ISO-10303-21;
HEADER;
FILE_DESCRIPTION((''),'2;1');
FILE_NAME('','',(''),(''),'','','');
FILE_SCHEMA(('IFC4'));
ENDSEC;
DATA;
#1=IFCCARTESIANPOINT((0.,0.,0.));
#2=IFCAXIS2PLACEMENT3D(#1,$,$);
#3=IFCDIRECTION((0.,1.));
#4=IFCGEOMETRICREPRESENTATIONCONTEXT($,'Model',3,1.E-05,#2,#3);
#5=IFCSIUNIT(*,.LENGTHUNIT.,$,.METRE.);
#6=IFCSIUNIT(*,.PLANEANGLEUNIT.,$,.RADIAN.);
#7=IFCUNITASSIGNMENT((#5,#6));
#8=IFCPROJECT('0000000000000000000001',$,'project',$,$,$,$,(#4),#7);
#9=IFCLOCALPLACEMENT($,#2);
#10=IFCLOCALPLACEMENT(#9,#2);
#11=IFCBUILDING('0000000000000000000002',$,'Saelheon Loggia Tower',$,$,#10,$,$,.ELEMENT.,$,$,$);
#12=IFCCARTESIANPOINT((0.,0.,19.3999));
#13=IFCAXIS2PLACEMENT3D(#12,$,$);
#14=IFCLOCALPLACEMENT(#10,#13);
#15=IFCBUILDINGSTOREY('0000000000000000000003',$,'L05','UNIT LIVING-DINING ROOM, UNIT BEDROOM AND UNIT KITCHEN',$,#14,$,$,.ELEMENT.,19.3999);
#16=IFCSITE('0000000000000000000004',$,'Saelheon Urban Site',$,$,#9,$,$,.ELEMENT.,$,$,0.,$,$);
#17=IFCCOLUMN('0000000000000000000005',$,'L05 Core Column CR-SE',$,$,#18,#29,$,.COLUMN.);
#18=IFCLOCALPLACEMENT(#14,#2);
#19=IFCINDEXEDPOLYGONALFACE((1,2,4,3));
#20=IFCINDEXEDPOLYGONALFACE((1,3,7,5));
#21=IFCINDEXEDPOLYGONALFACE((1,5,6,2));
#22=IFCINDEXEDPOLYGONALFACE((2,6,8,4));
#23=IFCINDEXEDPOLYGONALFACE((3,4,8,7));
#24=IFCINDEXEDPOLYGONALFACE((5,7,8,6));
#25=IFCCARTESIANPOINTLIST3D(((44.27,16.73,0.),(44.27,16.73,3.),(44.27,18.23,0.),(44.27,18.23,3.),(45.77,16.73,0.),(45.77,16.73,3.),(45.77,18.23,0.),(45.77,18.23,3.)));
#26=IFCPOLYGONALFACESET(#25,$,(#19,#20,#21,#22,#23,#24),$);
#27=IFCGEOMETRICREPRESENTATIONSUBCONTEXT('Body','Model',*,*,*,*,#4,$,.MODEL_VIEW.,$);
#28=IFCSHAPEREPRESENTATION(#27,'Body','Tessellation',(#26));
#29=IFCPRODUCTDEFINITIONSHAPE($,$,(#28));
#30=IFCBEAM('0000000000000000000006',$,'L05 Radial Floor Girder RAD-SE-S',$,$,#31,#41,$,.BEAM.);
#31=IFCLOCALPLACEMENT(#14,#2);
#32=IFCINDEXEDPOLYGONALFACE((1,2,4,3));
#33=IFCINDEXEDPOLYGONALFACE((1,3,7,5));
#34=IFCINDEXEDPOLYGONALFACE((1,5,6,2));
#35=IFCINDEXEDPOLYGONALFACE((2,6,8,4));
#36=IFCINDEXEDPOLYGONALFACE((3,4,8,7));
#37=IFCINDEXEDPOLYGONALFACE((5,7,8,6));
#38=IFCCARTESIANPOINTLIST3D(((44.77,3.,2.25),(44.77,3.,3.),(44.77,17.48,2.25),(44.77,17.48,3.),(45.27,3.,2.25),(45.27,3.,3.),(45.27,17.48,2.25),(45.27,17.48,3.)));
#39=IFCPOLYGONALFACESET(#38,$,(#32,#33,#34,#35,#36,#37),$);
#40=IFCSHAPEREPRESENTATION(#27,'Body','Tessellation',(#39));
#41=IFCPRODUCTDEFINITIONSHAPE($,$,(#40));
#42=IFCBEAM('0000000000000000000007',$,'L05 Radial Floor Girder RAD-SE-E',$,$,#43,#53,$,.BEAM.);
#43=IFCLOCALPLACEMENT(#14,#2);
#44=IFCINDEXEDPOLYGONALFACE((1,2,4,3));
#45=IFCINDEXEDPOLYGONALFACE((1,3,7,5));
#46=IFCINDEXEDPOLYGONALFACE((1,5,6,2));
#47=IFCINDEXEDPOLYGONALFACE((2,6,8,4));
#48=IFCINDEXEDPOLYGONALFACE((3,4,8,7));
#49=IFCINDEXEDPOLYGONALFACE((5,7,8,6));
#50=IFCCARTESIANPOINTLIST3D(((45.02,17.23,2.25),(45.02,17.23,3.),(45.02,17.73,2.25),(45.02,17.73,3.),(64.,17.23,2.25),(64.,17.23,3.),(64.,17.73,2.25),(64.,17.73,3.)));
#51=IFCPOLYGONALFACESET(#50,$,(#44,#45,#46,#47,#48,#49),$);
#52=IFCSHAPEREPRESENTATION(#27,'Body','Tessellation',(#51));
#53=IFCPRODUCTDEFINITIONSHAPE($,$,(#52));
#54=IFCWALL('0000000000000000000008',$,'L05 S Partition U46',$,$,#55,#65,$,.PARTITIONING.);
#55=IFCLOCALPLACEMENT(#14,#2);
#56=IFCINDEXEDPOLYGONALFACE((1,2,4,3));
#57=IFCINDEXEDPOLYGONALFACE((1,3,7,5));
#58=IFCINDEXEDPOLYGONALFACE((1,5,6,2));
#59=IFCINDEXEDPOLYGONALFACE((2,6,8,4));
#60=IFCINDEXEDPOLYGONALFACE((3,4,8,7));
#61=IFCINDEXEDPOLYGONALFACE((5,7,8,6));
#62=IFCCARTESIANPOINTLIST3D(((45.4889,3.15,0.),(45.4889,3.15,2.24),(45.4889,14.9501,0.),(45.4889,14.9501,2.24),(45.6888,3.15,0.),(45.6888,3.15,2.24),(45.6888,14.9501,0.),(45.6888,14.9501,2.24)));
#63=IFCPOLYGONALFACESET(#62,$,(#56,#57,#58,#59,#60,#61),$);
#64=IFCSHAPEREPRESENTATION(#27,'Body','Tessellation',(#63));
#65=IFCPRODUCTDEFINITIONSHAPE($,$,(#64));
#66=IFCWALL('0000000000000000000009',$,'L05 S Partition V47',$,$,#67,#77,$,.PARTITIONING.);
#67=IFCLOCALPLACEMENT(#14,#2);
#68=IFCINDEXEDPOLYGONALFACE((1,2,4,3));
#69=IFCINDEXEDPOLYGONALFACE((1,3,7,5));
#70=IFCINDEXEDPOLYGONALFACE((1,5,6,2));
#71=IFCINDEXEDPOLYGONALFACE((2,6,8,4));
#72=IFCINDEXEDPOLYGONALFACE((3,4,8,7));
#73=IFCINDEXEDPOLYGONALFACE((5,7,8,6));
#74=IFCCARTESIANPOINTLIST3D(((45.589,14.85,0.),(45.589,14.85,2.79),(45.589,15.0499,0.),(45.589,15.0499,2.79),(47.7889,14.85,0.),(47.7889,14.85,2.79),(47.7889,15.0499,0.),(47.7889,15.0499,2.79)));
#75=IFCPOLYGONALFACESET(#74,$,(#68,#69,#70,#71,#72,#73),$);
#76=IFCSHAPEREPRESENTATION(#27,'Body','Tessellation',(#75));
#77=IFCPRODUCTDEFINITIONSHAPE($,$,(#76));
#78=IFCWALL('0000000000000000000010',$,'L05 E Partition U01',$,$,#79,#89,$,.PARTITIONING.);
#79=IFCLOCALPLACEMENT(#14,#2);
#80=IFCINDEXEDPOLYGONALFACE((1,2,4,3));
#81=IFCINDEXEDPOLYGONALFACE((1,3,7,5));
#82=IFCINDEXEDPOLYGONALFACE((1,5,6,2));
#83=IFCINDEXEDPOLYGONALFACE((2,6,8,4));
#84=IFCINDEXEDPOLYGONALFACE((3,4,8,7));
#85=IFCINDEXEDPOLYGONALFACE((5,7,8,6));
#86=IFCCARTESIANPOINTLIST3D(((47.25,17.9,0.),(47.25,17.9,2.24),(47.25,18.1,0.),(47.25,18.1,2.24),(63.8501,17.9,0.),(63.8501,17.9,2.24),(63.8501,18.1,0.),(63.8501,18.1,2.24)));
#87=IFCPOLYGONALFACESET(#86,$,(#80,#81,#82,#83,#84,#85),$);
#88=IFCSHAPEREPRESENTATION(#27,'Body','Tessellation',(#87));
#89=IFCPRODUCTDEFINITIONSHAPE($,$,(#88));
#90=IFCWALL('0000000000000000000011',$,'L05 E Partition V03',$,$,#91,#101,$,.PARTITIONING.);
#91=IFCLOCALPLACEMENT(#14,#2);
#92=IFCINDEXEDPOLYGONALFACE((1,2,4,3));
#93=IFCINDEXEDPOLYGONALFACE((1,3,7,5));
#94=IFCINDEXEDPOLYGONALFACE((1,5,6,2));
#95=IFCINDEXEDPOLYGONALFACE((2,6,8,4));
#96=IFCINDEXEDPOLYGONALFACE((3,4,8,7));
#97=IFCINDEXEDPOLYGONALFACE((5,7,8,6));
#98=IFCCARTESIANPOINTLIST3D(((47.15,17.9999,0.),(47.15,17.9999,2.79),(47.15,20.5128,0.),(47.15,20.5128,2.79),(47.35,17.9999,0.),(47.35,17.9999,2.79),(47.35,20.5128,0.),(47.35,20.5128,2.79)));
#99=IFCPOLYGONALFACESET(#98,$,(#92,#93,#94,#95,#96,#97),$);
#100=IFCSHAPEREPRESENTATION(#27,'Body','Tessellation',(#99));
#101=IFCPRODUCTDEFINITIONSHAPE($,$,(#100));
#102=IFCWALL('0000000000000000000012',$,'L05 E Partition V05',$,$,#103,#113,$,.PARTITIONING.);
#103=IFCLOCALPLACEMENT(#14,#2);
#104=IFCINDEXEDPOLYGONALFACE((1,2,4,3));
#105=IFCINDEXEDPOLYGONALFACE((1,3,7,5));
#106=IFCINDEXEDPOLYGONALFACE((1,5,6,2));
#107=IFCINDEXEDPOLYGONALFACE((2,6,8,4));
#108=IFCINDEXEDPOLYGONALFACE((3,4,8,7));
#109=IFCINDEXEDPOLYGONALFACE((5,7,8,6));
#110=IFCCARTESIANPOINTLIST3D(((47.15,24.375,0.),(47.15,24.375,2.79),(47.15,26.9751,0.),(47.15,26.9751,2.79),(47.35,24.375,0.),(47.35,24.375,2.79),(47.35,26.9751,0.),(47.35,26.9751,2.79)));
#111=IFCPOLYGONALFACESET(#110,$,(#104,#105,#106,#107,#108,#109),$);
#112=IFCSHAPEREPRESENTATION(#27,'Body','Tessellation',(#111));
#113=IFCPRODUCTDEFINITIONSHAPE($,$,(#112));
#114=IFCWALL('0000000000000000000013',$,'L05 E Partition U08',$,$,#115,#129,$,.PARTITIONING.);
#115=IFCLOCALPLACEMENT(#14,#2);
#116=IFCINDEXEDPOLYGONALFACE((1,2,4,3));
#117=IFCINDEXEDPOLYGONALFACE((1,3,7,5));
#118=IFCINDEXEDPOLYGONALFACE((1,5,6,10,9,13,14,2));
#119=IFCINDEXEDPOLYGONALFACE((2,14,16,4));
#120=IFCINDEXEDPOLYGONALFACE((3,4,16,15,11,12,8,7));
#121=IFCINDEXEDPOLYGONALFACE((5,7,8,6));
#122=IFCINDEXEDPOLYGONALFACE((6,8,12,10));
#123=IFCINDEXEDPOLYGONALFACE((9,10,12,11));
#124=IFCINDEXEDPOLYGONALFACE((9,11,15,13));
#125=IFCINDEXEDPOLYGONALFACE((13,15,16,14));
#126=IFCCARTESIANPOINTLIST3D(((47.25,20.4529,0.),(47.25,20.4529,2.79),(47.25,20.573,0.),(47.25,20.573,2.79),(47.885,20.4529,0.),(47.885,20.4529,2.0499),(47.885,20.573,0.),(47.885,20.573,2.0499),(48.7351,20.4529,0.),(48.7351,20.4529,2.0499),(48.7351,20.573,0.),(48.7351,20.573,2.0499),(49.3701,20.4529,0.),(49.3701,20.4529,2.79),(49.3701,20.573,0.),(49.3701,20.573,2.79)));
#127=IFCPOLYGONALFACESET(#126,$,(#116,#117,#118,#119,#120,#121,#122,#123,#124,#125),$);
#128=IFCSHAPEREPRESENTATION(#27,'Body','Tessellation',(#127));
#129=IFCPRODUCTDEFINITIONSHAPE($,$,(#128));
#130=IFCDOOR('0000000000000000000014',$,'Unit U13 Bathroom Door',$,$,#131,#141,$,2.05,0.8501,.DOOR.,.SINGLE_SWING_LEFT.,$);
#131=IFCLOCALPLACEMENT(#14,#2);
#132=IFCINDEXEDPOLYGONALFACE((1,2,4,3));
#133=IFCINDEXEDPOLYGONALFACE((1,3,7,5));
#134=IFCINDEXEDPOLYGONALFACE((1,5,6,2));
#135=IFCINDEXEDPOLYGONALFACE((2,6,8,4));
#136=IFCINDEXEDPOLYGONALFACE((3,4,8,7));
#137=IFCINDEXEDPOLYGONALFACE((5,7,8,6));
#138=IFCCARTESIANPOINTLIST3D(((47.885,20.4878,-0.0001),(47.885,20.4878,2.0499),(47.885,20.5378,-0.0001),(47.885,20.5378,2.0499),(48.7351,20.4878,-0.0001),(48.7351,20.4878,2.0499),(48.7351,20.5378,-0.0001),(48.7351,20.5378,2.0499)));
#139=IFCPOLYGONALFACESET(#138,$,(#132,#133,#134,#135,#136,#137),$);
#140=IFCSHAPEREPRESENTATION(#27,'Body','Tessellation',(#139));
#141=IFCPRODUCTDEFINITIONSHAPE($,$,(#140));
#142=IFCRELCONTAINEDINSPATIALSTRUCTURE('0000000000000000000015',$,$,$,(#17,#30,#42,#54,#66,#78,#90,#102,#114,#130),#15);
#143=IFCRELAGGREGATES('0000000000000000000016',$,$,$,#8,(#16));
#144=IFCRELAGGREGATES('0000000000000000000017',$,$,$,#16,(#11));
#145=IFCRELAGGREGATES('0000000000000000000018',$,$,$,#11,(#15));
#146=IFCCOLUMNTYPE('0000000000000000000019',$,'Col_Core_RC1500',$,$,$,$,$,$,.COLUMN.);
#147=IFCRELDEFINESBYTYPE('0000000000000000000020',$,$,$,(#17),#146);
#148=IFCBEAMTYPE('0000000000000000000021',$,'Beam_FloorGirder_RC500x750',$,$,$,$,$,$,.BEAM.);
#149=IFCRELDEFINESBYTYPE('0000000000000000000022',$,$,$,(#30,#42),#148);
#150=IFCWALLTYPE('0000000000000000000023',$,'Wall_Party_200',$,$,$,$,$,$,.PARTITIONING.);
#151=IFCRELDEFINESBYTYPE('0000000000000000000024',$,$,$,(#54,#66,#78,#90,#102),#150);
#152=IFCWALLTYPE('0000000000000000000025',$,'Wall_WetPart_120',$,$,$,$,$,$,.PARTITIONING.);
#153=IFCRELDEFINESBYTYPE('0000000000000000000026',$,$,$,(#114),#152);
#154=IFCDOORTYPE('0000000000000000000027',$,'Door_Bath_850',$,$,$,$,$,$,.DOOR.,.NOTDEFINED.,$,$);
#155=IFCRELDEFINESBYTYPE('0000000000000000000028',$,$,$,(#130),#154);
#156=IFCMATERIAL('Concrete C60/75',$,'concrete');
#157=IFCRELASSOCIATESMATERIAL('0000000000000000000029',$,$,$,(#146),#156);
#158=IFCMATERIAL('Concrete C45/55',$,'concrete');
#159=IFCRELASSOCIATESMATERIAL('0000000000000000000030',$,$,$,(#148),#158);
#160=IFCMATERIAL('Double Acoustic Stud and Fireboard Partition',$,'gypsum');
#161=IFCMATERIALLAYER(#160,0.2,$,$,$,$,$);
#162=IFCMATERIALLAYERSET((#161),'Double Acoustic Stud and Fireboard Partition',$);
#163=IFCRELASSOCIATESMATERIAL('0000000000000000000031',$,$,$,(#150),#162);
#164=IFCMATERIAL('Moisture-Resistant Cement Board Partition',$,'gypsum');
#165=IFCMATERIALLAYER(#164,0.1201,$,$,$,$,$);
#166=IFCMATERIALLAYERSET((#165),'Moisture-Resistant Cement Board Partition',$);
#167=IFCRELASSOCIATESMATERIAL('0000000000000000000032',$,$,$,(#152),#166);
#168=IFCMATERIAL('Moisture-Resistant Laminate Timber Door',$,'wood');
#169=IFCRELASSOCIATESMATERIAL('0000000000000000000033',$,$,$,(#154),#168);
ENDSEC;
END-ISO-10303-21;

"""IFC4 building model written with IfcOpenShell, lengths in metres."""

from ifc_helpers import new_model, si_unit, direction, frame, frame_2d, origin, origin_2d, place, context, subcontext, project, spatial, rectangle, extrude, source, transform, mapped, material, layer, layer_set, material_profile, profile_set, type_object, element, fill, save


model = new_model("IFC4")

# Units and contexts
model_context = context("Model", 3, precision=1e-05, world=origin(), true_north=direction((0.0, 1.0)))
body_context = subcontext(model_context, "Body", "Model", "MODEL_VIEW")
ifc_project = project(units=[si_unit("LENGTHUNIT", "METRE"), si_unit("PLANEANGLEUNIT", "RADIAN")], contexts=[model_context])

# Site, building, storey
site_placement = place(None, origin())
site = spatial("IfcSite", under=ifc_project, at=site_placement, Name="Saelheon Urban Site", CompositionType="ELEMENT", RefElevation=0.0)
building_placement = place(site_placement, origin())
building = spatial("IfcBuilding", under=site, at=building_placement, Name="Saelheon Loggia Tower", CompositionType="ELEMENT")
storey_placement = place(building_placement, frame((0.0, 0.0, 19.3999)))
storey = spatial("IfcBuildingStorey", under=building, at=storey_placement, Name="L05", Description="UNIT LIVING-DINING ROOM, UNIT BEDROOM AND UNIT KITCHEN", CompositionType="ELEMENT", Elevation=19.3999)

# Column
ifc_material_1 = material(Name="Concrete C60/75", Category="concrete")
ifc_material_profile_1 = material_profile(ifc_material_1, rectangle(XDim=1.5, YDim=1.5, at=origin_2d()), Name="RC-1500x1500")
ifc_profile_set_1 = profile_set([ifc_material_profile_1], Name="Concrete C60/75")
column_type = type_object("IfcColumnType", Name="Col_Core_RC1500", PredefinedType="COLUMN", material=ifc_profile_set_1)
shared_shape_1 = source(origin(), body_context, "Body", "SweptSolid", [
    extrude(rectangle(XDim=1.5, YDim=1.5, at=origin_2d()), origin(), (0.0, 0.0, 1.0), 3.0),
])
column_placement = place(storey_placement, frame((45.02, 17.48, 0.0), z_axis=(0.0, 0.0, 1.0), x_axis=(1.0, 0.0, 0.0)))
element("IfcColumn", 1, at=column_placement, inside=storey, type_object=column_type, Name="L05 Core Column CR-SE", PredefinedType="COLUMN", context=body_context, shape_type="MappedRepresentation", body=[
    mapped(shared_shape_1, transform((0.0, 0.0, 0.0), scale=1.0)),
])

# Beams
ifc_material_2 = material(Name="Concrete C45/55", Category="concrete")
ifc_material_profile_2 = material_profile(ifc_material_2, rectangle(XDim=0.5, YDim=0.75, at=origin_2d()), Name="RC-500x750")
ifc_profile_set_2 = profile_set([ifc_material_profile_2], Name="Concrete C45/55")
beam_type = type_object("IfcBeamType", Name="Beam_FloorGirder_RC500x750", PredefinedType="BEAM", material=ifc_profile_set_2)
shared_shape_2 = source(origin(), body_context, "Body", "SweptSolid", [
    extrude(rectangle(XDim=0.5, YDim=0.75, at=origin_2d()), origin(), (0.0, 0.0, 1.0), 14.48),
])
beam_1_placement = place(storey_placement, frame((45.02, 17.48, 2.625), z_axis=(0.0, -1.0, 0.0), x_axis=(1.0, 0.0, 0.0)))
element("IfcBeam", 2, at=beam_1_placement, inside=storey, type_object=beam_type, Name="L05 Radial Floor Girder RAD-SE-S", PredefinedType="BEAM", context=body_context, shape_type="MappedRepresentation", body=[
    mapped(shared_shape_2, transform((0.0, 0.0, 0.0), scale=1.0)),
])
shared_shape_3 = source(origin(), body_context, "Body", "SweptSolid", [
    extrude(rectangle(XDim=0.5, YDim=0.75, at=origin_2d()), origin(), (0.0, 0.0, 1.0), 18.98),
])
beam_2_placement = place(storey_placement, frame((45.02, 17.48, 2.625), z_axis=(1.0, 0.0, 0.0), x_axis=(0.0, 1.0, 0.0)))
element("IfcBeam", 3, at=beam_2_placement, inside=storey, type_object=beam_type, Name="L05 Radial Floor Girder RAD-SE-E", PredefinedType="BEAM", context=body_context, shape_type="MappedRepresentation", body=[
    mapped(shared_shape_3, transform((0.0, 0.0, 0.0), scale=1.0)),
])

# Walls
ifc_material_3 = material(Name="Double Acoustic Stud and Fireboard Partition", Category="gypsum")
ifc_layer_1 = layer(ifc_material_3, 0.2)
ifc_layer_set_1 = layer_set([ifc_layer_1], Name="Double Acoustic Stud and Fireboard Partition")
wall_type_1 = type_object("IfcWallType", Name="Wall_Party_200", PredefinedType="PARTITIONING", material=ifc_layer_set_1)
wall_1_placement = place(storey_placement, frame((45.5889, 14.95, 0.0), z_axis=(0.0, 0.0, 1.0), x_axis=(0.0, -1.0, 0.0)))
element("IfcWall", 4, at=wall_1_placement, inside=storey, type_object=wall_type_1, Name="L05 S Partition U46", PredefinedType="PARTITIONING", context=body_context, shape_type="SweptSolid", body=[
    extrude(rectangle(XDim=11.8, YDim=0.2, at=frame_2d((5.8999, 0.0))), origin(), (0.0, 0.0, 1.0), 2.24),
])
wall_2_placement = place(storey_placement, frame((45.5889, 14.95, 0.0), z_axis=(0.0, 0.0, 1.0), x_axis=(1.0, 0.0, 0.0)))
element("IfcWall", 5, at=wall_2_placement, inside=storey, type_object=wall_type_1, Name="L05 S Partition V47", PredefinedType="PARTITIONING", context=body_context, shape_type="SweptSolid", body=[
    extrude(rectangle(XDim=2.2, YDim=0.2, at=frame_2d((1.1001, 0.0))), origin(), (0.0, 0.0, 1.0), 2.79),
])
wall_3_placement = place(storey_placement, frame((47.25, 18.0, 0.0), z_axis=(0.0, 0.0, 1.0), x_axis=(1.0, 0.0, 0.0)))
element("IfcWall", 6, at=wall_3_placement, inside=storey, type_object=wall_type_1, Name="L05 E Partition U01", PredefinedType="PARTITIONING", context=body_context, shape_type="SweptSolid", body=[
    extrude(rectangle(XDim=16.6001, YDim=0.2, at=frame_2d((8.3, 0.0))), origin(), (0.0, 0.0, 1.0), 2.24),
])
wall_4_placement = place(storey_placement, frame((47.25, 18.0, 0.0), z_axis=(0.0, 0.0, 1.0), x_axis=(0.0, 1.0, 0.0)))
element("IfcWall", 7, at=wall_4_placement, inside=storey, type_object=wall_type_1, Name="L05 E Partition V03", PredefinedType="PARTITIONING", context=body_context, shape_type="SweptSolid", body=[
    extrude(rectangle(XDim=2.5129, YDim=0.2, at=frame_2d((1.2563, 0.0))), origin(), (0.0, 0.0, 1.0), 2.79),
])

# Wall
wall_5_placement = place(storey_placement, frame((47.25, 24.375, 0.0), z_axis=(0.0, 0.0, 1.0), x_axis=(0.0, 1.0, 0.0)))
element("IfcWall", 8, at=wall_5_placement, inside=storey, type_object=wall_type_1, Name="L05 E Partition V05", PredefinedType="PARTITIONING", context=body_context, shape_type="SweptSolid", body=[
    extrude(rectangle(XDim=2.6001, YDim=0.2, at=frame_2d((1.3, 0.0))), origin(), (0.0, 0.0, 1.0), 2.79),
])

# Wall, opening, door
ifc_material_4 = material(Name="Moisture-Resistant Cement Board Partition", Category="gypsum")
ifc_layer_2 = layer(ifc_material_4, 0.1201)
ifc_layer_set_2 = layer_set([ifc_layer_2], Name="Moisture-Resistant Cement Board Partition")
wall_type_2 = type_object("IfcWallType", Name="Wall_WetPart_120", PredefinedType="PARTITIONING", material=ifc_layer_set_2)
wall_6_placement = place(storey_placement, frame((47.25, 20.5129, 0.0), z_axis=(0.0, 0.0, 1.0), x_axis=(1.0, 0.0, 0.0)))
wall_6 = element("IfcWall", 9, at=wall_6_placement, inside=storey, type_object=wall_type_2, Name="L05 E Partition U08", PredefinedType="PARTITIONING", context=body_context, shape_type="SweptSolid", body=[
    extrude(rectangle(XDim=2.1201, YDim=0.1201, at=frame_2d((1.0601, 0.0))), origin(), (0.0, 0.0, 1.0), 2.79),
])
opening_1_placement = place(wall_6_placement, frame((0.635, 0.0, 0.0)))
opening_1 = element("IfcOpeningElement", 10, at=opening_1_placement, cuts=wall_6, PredefinedType="OPENING", context=body_context, shape_type="SweptSolid", body=[
    extrude(rectangle(XDim=0.8501, YDim=2.05, at=frame_2d((0.425, 1.0249))), frame((0.0, 0.072, 0.0), z_axis=(0.0, -1.0, 0.0), x_axis=(1.0, 0.0, 0.0)), (0.0, 0.0, 1.0), 0.144),
])
ifc_material_5 = material(Name="Moisture-Resistant Laminate Timber Door", Category="wood")
door_type_1 = type_object("IfcDoorType", Name="Door_Bath_850", OperationType="NOTDEFINED", PredefinedType="DOOR", material=ifc_material_5)
shared_shape_4 = source(origin(), body_context, "Body", "SweptSolid", [
    extrude(rectangle(XDim=0.8501, YDim=2.05, at=frame_2d((0.425, 1.0249))), frame((0.0, 0.0249, 0.0), z_axis=(0.0, -1.0, 0.0), x_axis=(1.0, 0.0, 0.0)), (0.0, 0.0, 1.0), 0.05),
])
door_1_placement = place(opening_1_placement, origin())
door_1 = element("IfcDoor", 11, at=door_1_placement, inside=storey, type_object=door_type_1, Name="Unit U13 Bathroom Door", OperationType="SINGLE_SWING_LEFT", OverallHeight=2.05, OverallWidth=0.8501, PredefinedType="DOOR", context=body_context, shape_type="MappedRepresentation", body=[
    mapped(shared_shape_4, transform((0.0, 0.0, 0.0), scale=1.0)),
])
fill(opening_1, door_1)

save(model, "model.ifc")
